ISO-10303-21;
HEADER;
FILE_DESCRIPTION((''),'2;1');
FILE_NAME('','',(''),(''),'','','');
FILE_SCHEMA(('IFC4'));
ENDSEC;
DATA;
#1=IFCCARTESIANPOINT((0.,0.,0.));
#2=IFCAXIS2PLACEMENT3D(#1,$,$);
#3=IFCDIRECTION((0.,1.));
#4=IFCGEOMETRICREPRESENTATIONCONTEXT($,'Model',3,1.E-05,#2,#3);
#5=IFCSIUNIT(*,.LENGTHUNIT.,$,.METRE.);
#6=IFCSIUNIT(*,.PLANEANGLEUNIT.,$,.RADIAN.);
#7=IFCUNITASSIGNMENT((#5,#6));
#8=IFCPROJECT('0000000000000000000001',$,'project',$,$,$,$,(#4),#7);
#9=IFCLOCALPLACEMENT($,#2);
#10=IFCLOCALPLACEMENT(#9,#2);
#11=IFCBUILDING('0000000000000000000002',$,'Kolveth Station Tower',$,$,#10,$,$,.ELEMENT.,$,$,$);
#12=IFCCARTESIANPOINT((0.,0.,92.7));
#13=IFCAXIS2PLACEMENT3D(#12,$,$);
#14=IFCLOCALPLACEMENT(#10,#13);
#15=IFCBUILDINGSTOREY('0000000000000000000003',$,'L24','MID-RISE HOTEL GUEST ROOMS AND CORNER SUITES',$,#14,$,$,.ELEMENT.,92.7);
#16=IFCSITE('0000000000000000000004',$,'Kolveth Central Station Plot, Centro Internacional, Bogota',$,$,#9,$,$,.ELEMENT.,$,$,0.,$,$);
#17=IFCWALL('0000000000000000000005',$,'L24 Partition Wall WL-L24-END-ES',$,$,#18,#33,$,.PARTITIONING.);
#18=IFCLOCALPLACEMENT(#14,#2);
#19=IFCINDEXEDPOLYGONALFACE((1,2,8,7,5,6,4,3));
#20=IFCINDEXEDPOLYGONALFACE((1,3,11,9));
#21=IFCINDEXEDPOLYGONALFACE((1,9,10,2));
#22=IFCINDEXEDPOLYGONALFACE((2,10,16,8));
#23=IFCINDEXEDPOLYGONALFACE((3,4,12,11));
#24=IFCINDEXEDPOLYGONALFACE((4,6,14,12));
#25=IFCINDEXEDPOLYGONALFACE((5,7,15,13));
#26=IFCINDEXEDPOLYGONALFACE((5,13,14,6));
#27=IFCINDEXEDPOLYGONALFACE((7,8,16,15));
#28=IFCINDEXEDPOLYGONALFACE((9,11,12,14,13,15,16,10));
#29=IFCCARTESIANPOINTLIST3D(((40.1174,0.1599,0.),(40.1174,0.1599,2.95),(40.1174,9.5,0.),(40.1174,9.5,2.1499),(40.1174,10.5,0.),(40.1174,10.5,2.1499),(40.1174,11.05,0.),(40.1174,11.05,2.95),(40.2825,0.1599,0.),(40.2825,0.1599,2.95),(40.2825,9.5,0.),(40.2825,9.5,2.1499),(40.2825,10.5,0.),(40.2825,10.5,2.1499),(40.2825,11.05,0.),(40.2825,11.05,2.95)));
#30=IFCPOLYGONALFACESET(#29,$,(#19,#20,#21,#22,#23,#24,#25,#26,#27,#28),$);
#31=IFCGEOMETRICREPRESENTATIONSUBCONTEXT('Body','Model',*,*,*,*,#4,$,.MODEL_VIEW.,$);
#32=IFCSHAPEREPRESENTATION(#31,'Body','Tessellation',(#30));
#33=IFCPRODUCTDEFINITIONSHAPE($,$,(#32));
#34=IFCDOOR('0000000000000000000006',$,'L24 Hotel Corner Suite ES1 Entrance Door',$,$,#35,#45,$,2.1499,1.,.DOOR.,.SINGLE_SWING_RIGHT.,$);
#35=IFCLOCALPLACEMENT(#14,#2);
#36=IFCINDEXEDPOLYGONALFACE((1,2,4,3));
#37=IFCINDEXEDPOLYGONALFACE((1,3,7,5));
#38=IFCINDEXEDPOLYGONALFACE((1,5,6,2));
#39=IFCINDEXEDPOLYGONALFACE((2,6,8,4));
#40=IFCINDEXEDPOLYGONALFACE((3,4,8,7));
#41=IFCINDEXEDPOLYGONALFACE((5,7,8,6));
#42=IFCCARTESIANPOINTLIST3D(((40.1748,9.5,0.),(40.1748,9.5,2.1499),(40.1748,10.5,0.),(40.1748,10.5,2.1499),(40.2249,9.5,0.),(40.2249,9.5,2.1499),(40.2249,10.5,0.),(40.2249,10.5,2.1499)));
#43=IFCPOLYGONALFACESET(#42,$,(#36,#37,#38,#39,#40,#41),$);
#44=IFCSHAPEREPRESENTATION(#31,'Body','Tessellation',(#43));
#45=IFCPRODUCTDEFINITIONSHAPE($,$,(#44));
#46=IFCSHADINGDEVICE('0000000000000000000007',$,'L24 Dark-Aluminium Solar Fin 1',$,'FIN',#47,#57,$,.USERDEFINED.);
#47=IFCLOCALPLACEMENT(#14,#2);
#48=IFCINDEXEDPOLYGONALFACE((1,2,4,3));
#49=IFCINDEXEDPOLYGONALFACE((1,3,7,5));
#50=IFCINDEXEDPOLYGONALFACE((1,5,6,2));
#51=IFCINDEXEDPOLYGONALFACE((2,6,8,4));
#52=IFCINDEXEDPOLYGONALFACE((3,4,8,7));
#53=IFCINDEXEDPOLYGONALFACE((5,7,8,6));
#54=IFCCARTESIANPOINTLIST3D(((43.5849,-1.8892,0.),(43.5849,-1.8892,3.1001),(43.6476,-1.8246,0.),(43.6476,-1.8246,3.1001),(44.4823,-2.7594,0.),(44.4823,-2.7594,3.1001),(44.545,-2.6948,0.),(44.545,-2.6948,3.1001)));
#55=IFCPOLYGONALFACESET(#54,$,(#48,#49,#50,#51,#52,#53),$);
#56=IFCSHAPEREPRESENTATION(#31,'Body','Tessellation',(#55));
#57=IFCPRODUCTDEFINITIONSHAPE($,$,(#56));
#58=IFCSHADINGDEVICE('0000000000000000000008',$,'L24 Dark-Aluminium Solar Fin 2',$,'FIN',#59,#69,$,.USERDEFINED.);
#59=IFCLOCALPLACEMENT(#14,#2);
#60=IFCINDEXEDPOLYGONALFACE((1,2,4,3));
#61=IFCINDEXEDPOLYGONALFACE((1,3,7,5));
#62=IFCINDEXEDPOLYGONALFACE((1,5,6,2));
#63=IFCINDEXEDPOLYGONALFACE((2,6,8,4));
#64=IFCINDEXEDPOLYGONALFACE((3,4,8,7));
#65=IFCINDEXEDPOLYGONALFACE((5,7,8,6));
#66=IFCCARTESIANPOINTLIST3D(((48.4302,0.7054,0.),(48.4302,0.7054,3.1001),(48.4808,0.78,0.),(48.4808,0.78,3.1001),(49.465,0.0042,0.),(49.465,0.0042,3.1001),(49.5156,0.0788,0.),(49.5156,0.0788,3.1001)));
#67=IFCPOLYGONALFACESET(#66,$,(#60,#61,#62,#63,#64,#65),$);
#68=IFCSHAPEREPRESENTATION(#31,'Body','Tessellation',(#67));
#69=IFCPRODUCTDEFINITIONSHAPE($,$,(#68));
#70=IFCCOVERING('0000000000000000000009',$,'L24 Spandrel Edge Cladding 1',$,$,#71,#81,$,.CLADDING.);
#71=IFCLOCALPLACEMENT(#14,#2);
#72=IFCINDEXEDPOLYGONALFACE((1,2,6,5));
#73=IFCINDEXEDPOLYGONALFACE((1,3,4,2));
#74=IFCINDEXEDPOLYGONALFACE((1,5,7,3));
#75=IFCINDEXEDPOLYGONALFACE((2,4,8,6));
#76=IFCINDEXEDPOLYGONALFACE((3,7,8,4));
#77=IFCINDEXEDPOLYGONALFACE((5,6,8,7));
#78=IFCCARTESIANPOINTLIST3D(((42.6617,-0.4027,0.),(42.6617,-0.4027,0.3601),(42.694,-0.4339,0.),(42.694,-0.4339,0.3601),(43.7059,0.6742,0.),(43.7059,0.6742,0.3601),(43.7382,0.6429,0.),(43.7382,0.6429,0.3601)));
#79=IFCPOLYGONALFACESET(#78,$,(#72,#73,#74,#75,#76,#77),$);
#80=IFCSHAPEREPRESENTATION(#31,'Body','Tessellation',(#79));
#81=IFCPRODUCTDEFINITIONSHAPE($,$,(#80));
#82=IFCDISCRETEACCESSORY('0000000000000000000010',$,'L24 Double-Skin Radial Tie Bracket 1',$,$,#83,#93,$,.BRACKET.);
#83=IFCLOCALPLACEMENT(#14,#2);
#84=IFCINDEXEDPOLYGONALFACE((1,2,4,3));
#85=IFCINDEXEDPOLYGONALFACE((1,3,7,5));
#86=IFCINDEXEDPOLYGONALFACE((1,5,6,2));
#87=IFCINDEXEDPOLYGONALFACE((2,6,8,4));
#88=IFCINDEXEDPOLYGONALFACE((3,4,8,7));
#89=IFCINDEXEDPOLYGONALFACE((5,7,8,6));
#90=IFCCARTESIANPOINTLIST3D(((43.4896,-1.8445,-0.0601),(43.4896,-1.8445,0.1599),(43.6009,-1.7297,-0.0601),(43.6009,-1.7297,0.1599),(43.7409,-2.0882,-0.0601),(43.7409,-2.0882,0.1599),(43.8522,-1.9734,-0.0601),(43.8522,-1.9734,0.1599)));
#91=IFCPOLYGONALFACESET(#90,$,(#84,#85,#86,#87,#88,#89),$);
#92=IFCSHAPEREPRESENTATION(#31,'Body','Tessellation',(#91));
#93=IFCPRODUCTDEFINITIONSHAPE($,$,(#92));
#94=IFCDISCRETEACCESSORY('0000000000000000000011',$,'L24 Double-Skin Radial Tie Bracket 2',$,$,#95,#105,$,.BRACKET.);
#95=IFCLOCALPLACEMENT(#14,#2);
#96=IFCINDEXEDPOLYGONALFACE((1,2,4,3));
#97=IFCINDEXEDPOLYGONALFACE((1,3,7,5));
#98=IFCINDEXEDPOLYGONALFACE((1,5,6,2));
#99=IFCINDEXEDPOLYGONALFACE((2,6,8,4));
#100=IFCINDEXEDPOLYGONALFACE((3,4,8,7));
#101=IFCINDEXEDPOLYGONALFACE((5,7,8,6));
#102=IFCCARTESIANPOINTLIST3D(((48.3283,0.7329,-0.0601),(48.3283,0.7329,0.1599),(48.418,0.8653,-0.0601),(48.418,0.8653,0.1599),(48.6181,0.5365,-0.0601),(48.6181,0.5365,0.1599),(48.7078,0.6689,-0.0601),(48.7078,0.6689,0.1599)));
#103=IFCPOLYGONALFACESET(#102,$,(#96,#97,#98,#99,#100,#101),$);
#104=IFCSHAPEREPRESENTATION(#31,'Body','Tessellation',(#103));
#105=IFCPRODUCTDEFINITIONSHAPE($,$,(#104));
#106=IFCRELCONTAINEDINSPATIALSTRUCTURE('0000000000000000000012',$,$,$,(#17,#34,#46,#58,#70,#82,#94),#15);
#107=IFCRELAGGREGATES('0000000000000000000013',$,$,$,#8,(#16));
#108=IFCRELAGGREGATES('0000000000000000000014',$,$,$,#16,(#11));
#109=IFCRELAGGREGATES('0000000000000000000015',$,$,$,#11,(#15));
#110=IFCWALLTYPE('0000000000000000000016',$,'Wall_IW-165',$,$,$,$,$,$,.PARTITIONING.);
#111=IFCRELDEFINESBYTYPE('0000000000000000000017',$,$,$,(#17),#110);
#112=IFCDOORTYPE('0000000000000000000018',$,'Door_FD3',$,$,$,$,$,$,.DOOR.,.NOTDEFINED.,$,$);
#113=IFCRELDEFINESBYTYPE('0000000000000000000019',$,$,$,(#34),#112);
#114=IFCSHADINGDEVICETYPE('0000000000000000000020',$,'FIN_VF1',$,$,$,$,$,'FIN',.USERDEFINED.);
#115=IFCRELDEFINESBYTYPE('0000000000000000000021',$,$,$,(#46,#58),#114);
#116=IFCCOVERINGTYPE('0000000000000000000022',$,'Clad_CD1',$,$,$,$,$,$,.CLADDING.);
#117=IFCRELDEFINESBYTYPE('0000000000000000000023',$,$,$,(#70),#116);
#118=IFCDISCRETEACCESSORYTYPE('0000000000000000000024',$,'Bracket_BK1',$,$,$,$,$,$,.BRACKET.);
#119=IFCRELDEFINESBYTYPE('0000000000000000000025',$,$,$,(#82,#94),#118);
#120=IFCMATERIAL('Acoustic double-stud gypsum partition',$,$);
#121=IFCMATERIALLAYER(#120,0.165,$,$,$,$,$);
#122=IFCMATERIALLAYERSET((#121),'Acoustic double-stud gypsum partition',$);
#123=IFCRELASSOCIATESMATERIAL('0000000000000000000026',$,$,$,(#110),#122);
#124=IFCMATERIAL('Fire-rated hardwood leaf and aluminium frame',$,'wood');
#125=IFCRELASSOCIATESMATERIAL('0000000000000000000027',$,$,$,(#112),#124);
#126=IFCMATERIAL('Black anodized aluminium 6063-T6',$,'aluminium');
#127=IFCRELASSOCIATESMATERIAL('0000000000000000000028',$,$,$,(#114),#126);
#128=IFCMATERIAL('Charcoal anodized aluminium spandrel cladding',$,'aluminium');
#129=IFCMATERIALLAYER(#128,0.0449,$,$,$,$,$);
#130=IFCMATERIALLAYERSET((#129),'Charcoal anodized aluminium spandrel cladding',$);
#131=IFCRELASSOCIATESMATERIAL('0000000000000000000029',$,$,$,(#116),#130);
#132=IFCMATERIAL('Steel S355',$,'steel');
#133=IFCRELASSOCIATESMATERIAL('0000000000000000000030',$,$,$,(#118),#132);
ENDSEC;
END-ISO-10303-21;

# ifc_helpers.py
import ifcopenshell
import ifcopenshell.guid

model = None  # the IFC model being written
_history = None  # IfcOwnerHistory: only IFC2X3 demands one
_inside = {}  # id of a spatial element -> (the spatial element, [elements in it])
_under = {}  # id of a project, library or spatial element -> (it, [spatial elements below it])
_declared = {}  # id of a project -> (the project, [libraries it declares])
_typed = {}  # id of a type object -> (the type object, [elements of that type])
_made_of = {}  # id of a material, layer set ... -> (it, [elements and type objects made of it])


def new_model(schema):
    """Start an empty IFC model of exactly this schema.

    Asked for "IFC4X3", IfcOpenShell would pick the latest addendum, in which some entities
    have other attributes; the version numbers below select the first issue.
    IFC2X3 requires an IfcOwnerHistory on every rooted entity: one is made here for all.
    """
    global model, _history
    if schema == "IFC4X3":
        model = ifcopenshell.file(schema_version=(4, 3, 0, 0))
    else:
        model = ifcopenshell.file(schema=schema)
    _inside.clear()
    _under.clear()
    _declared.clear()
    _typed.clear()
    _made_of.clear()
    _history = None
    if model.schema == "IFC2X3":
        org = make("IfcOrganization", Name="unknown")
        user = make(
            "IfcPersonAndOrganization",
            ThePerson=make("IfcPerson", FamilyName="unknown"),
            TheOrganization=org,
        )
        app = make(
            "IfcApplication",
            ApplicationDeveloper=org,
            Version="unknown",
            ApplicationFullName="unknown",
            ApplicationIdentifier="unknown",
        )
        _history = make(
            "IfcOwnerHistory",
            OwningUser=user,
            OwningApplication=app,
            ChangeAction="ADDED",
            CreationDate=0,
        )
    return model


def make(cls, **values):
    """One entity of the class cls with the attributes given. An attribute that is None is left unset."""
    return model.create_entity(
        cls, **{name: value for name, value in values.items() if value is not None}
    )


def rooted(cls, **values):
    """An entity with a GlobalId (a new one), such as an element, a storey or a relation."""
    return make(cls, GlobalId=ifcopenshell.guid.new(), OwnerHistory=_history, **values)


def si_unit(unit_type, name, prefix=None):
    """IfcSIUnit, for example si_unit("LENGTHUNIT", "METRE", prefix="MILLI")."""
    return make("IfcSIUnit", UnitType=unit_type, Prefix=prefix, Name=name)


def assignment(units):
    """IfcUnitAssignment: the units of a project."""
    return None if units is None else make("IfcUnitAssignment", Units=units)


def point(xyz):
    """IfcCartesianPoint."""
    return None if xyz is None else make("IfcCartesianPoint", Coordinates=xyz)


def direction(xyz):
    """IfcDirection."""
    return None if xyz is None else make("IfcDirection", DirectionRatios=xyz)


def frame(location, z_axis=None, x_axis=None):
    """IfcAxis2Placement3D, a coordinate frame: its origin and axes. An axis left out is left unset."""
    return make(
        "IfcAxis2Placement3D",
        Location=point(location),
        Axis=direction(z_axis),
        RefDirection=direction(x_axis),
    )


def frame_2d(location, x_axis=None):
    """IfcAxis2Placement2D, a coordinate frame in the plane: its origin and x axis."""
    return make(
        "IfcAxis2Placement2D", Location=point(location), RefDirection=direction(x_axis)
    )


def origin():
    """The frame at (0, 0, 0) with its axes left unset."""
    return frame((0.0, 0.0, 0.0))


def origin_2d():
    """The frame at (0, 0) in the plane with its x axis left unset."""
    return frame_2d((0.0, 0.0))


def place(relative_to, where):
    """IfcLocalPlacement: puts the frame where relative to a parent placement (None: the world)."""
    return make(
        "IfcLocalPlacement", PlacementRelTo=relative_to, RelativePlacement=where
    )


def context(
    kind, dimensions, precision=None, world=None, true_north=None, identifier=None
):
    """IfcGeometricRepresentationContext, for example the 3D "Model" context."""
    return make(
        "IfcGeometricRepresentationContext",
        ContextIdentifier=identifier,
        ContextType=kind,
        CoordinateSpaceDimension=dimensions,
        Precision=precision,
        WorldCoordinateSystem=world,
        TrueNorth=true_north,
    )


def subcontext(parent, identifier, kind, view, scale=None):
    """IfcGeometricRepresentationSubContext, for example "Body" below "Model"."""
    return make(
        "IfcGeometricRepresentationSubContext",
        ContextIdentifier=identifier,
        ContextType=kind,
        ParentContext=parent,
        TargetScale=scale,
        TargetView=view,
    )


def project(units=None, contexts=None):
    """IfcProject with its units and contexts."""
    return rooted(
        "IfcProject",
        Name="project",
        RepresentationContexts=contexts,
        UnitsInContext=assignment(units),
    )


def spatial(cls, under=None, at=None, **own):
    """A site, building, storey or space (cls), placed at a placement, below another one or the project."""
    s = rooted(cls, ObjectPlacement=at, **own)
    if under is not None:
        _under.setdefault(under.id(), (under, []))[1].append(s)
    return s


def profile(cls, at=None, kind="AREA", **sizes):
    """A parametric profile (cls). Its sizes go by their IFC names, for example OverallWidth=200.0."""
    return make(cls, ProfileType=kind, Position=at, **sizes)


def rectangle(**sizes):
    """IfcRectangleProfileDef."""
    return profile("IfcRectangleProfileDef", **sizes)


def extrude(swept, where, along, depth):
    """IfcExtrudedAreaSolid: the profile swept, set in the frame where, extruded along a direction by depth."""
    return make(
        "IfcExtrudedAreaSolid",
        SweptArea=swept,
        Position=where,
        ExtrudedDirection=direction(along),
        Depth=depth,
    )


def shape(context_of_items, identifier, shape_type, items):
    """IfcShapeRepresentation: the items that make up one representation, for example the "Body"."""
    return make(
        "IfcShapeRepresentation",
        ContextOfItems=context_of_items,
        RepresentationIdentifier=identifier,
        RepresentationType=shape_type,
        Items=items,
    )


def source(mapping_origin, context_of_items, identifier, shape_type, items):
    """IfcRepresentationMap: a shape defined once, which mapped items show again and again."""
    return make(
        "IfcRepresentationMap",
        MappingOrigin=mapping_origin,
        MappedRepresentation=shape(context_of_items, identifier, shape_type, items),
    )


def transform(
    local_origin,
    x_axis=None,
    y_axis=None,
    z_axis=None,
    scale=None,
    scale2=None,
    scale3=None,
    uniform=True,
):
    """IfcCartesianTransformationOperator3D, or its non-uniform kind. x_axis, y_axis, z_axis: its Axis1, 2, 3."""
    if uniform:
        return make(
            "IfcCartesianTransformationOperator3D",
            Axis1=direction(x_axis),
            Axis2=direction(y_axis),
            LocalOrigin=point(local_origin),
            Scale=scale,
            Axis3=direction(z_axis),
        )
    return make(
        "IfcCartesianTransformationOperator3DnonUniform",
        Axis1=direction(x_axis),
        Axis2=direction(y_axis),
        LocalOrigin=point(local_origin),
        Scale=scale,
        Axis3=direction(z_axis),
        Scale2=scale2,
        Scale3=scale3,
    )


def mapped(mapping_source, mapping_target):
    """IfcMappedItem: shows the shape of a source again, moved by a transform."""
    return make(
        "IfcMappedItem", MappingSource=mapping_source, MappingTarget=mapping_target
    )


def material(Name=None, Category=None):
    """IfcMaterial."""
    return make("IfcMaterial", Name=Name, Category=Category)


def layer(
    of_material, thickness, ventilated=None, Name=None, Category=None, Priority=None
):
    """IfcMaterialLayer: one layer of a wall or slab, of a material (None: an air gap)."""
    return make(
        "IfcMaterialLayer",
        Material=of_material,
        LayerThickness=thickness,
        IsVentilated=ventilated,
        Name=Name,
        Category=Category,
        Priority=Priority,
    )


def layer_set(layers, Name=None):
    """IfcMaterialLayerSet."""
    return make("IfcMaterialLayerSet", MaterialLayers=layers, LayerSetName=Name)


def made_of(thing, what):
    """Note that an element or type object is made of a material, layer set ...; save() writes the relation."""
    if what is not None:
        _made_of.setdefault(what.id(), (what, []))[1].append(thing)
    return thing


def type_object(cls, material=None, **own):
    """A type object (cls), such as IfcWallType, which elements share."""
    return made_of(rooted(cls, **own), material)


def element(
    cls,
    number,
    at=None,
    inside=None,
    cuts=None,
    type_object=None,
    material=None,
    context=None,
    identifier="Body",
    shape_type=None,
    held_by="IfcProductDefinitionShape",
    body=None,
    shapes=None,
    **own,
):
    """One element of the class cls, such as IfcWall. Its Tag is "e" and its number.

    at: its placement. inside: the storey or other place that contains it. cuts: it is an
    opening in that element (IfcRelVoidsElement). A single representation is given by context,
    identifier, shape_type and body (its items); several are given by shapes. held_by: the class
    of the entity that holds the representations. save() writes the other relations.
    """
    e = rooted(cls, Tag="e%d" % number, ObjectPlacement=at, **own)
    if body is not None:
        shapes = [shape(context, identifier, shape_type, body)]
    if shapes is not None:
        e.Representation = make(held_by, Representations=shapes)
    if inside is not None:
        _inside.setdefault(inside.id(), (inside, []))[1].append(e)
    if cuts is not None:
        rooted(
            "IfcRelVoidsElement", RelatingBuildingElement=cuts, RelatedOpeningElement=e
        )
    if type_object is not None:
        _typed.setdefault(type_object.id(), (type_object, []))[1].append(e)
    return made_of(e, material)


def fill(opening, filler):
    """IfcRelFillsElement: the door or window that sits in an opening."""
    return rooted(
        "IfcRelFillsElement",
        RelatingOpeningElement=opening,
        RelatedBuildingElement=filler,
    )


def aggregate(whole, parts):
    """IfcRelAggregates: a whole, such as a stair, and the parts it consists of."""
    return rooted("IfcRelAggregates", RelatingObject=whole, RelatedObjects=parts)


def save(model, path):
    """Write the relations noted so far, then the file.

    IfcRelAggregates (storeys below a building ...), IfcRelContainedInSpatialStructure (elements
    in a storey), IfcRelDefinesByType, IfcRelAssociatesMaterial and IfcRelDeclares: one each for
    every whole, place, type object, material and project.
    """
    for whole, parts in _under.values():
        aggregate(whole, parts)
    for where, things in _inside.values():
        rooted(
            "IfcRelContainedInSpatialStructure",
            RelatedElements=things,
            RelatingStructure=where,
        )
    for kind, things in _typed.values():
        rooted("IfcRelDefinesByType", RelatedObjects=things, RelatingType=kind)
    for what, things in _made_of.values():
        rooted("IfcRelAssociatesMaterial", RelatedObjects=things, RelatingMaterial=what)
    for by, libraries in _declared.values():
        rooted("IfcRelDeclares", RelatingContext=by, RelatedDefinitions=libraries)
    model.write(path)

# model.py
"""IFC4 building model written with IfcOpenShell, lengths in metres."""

from ifc_helpers import new_model, si_unit, direction, frame, frame_2d, origin, origin_2d, place, context, subcontext, project, spatial, rectangle, extrude, source, transform, mapped, material, layer, layer_set, type_object, element, fill, save


model = new_model("IFC4")

# Units and contexts
model_context = context("Model", 3, precision=1e-05, world=origin(), true_north=direction((0.0, 1.0)))
body_context = subcontext(model_context, "Body", "Model", "MODEL_VIEW")
ifc_project = project(units=[si_unit("LENGTHUNIT", "METRE"), si_unit("PLANEANGLEUNIT", "RADIAN")], contexts=[model_context])

# Site, building, storey
site_placement = place(None, origin())
site = spatial("IfcSite", under=ifc_project, at=site_placement, Name="Kolveth Central Station Plot, Centro Internacional, Bogota", CompositionType="ELEMENT", RefElevation=0.0)
building_placement = place(site_placement, origin())
building = spatial("IfcBuilding", under=site, at=building_placement, Name="Kolveth Station Tower", CompositionType="ELEMENT")
storey_placement = place(building_placement, frame((0.0, 0.0, 92.7)))
storey = spatial("IfcBuildingStorey", under=building, at=storey_placement, Name="L24", Description="MID-RISE HOTEL GUEST ROOMS AND CORNER SUITES", CompositionType="ELEMENT", Elevation=92.7)

# Shared definitions
ifc_material_1 = material(Name="Steel S355", Category="steel")

# Shared definitions
ifc_material_2 = material(Name="Black anodized aluminium 6063-T6", Category="aluminium")

# Wall, opening, door
ifc_material_3 = material(Name="Acoustic double-stud gypsum partition")
ifc_layer_1 = layer(ifc_material_3, 0.165)
ifc_layer_set_1 = layer_set([ifc_layer_1], Name="Acoustic double-stud gypsum partition")
wall_type = type_object("IfcWallType", Name="Wall_IW-165", PredefinedType="PARTITIONING", material=ifc_layer_set_1)
wall_placement = place(storey_placement, frame((40.2, 0.1599, 0.0), z_axis=(0.0, 0.0, 1.0), x_axis=(0.0, 1.0, 0.0)))
wall = element("IfcWall", 1, at=wall_placement, inside=storey, type_object=wall_type, Name="L24 Partition Wall WL-L24-END-ES", PredefinedType="PARTITIONING", context=body_context, shape_type="SweptSolid", body=[
    extrude(rectangle(XDim=10.8901, YDim=0.165, at=frame_2d((5.4451, 0.0))), origin(), (0.0, 0.0, 1.0), 2.95),
])
opening_placement = place(wall_placement, frame((9.3401, 0.0, 0.0)))
opening = element("IfcOpeningElement", 2, at=opening_placement, cuts=wall, PredefinedType="OPENING", context=body_context, shape_type="SweptSolid", body=[
    extrude(rectangle(XDim=1.0, YDim=2.1499, at=frame_2d((0.5, 1.075))), frame((0.0, 0.0925, 0.0), z_axis=(0.0, -1.0, 0.0), x_axis=(1.0, 0.0, 0.0)), (0.0, 0.0, 1.0), 0.1851),
])
ifc_material_4 = material(Name="Fire-rated hardwood leaf and aluminium frame", Category="wood")
door_type = type_object("IfcDoorType", Name="Door_FD3", OperationType="NOTDEFINED", PredefinedType="DOOR", material=ifc_material_4)
door_placement = place(opening_placement, frame((1.0, 0.0, 0.0), z_axis=(0.0, 0.0, 1.0), x_axis=(-1.0, 0.0, 0.0)))
door = element("IfcDoor", 3, at=door_placement, inside=storey, type_object=door_type, Name="L24 Hotel Corner Suite ES1 Entrance Door", OperationType="SINGLE_SWING_RIGHT", OverallHeight=2.1499, OverallWidth=1.0, PredefinedType="DOOR", context=body_context, shape_type="SweptSolid", body=[
    extrude(rectangle(XDim=1.0, YDim=2.1499, at=frame_2d((0.5, 1.075))), frame((0.0, 0.0249, 0.0), z_axis=(0.0, -1.0, 0.0), x_axis=(1.0, 0.0, 0.0)), (0.0, 0.0, 1.0), 0.05),
])
fill(opening, door)

# Shading devices
shading_device_type = type_object("IfcShadingDeviceType", Name="FIN_VF1", ElementType="FIN", PredefinedType="USERDEFINED", material=ifc_material_2)
shared_shape_1 = source(origin(), body_context, "Body", "SweptSolid", [
    extrude(rectangle(XDim=1.25, YDim=0.0901, at=origin_2d()), origin(), (0.0, 0.0, 1.0), 3.1001),
])
for number, where, z_axis, x_axis, name in (
    (4, (44.0649, -2.292, 0.0), (0.0, 0.0, 1.0), (0.717883, -0.696163, 0.0), "L24 Dark-Aluminium Solar Fin 1"),
    (5, (48.9729, 0.3921, 0.0), (0.0, 0.0, 1.0), (0.827865, -0.560928, 0.0), "L24 Dark-Aluminium Solar Fin 2"),
):
    element("IfcShadingDevice", number, at=place(storey_placement, frame(where, z_axis=z_axis, x_axis=x_axis)), inside=storey, type_object=shading_device_type, Name=name, ObjectType="FIN", PredefinedType="USERDEFINED", context=body_context, shape_type="MappedRepresentation", body=[
        mapped(shared_shape_1, transform((0.0, 0.0, 0.0), x_axis=(1.0, 0.0, 0.0), y_axis=(0.0, 1.0, 0.0), z_axis=(0.0, 0.0, 1.0), scale=1.0)),
    ])

# Covering
ifc_material_5 = material(Name="Charcoal anodized aluminium spandrel cladding", Category="aluminium")
ifc_layer_2 = layer(ifc_material_5, 0.0449)
ifc_layer_set_2 = layer_set([ifc_layer_2], Name="Charcoal anodized aluminium spandrel cladding")
covering_type = type_object("IfcCoveringType", Name="Clad_CD1", PredefinedType="CLADDING", material=ifc_layer_set_2)
shared_shape_2 = source(origin(), body_context, "Body", "SweptSolid", [
    extrude(rectangle(XDim=1.5, YDim=0.0449, at=origin_2d()), origin(), (0.0, 0.0, 1.0), 0.3601),
])
covering_placement = place(storey_placement, frame((43.2, 0.1201, 0.0), z_axis=(0.0, 0.0, 1.0), x_axis=(0.696163, 0.717883, 0.0)))
element("IfcCovering", 6, at=covering_placement, inside=storey, type_object=covering_type, Name="L24 Spandrel Edge Cladding 1", PredefinedType="CLADDING", context=body_context, shape_type="MappedRepresentation", body=[
    mapped(shared_shape_2, transform((0.0, 0.0, 0.0), x_axis=(1.0, 0.0, 0.0), y_axis=(0.0, 1.0, 0.0), z_axis=(0.0, 0.0, 1.0), scale=1.0)),
])

# Discrete accessories
discrete_accessory_type = type_object("IfcDiscreteAccessoryType", Name="Bracket_BK1", PredefinedType="BRACKET", material=ifc_material_1)
shared_shape_3 = source(origin(), body_context, "Body", "SweptSolid", [
    extrude(rectangle(XDim=0.3501, YDim=0.1599, at=origin_2d()), origin(), (0.0, 0.0, 1.0), 0.22),
])
for number, where, z_axis, x_axis, name in (
    (7, (43.6709, -1.9089, -0.0601), (0.0, 0.0, 1.0), (0.717883, -0.696163, 0.0), "L24 Double-Skin Radial Tie Bracket 1"),
    (8, (48.5181, 0.7009, -0.0601), (0.0, 0.0, 1.0), (0.827865, -0.560928, 0.0), "L24 Double-Skin Radial Tie Bracket 2"),
):
    element("IfcDiscreteAccessory", number, at=place(storey_placement, frame(where, z_axis=z_axis, x_axis=x_axis)), inside=storey, type_object=discrete_accessory_type, Name=name, PredefinedType="BRACKET", context=body_context, shape_type="MappedRepresentation", body=[
        mapped(shared_shape_3, transform((0.0, 0.0, 0.0), x_axis=(1.0, 0.0, 0.0), y_axis=(0.0, 1.0, 0.0), z_axis=(0.0, 0.0, 1.0), scale=1.0)),
    ])

save(model, "model.ifc")
